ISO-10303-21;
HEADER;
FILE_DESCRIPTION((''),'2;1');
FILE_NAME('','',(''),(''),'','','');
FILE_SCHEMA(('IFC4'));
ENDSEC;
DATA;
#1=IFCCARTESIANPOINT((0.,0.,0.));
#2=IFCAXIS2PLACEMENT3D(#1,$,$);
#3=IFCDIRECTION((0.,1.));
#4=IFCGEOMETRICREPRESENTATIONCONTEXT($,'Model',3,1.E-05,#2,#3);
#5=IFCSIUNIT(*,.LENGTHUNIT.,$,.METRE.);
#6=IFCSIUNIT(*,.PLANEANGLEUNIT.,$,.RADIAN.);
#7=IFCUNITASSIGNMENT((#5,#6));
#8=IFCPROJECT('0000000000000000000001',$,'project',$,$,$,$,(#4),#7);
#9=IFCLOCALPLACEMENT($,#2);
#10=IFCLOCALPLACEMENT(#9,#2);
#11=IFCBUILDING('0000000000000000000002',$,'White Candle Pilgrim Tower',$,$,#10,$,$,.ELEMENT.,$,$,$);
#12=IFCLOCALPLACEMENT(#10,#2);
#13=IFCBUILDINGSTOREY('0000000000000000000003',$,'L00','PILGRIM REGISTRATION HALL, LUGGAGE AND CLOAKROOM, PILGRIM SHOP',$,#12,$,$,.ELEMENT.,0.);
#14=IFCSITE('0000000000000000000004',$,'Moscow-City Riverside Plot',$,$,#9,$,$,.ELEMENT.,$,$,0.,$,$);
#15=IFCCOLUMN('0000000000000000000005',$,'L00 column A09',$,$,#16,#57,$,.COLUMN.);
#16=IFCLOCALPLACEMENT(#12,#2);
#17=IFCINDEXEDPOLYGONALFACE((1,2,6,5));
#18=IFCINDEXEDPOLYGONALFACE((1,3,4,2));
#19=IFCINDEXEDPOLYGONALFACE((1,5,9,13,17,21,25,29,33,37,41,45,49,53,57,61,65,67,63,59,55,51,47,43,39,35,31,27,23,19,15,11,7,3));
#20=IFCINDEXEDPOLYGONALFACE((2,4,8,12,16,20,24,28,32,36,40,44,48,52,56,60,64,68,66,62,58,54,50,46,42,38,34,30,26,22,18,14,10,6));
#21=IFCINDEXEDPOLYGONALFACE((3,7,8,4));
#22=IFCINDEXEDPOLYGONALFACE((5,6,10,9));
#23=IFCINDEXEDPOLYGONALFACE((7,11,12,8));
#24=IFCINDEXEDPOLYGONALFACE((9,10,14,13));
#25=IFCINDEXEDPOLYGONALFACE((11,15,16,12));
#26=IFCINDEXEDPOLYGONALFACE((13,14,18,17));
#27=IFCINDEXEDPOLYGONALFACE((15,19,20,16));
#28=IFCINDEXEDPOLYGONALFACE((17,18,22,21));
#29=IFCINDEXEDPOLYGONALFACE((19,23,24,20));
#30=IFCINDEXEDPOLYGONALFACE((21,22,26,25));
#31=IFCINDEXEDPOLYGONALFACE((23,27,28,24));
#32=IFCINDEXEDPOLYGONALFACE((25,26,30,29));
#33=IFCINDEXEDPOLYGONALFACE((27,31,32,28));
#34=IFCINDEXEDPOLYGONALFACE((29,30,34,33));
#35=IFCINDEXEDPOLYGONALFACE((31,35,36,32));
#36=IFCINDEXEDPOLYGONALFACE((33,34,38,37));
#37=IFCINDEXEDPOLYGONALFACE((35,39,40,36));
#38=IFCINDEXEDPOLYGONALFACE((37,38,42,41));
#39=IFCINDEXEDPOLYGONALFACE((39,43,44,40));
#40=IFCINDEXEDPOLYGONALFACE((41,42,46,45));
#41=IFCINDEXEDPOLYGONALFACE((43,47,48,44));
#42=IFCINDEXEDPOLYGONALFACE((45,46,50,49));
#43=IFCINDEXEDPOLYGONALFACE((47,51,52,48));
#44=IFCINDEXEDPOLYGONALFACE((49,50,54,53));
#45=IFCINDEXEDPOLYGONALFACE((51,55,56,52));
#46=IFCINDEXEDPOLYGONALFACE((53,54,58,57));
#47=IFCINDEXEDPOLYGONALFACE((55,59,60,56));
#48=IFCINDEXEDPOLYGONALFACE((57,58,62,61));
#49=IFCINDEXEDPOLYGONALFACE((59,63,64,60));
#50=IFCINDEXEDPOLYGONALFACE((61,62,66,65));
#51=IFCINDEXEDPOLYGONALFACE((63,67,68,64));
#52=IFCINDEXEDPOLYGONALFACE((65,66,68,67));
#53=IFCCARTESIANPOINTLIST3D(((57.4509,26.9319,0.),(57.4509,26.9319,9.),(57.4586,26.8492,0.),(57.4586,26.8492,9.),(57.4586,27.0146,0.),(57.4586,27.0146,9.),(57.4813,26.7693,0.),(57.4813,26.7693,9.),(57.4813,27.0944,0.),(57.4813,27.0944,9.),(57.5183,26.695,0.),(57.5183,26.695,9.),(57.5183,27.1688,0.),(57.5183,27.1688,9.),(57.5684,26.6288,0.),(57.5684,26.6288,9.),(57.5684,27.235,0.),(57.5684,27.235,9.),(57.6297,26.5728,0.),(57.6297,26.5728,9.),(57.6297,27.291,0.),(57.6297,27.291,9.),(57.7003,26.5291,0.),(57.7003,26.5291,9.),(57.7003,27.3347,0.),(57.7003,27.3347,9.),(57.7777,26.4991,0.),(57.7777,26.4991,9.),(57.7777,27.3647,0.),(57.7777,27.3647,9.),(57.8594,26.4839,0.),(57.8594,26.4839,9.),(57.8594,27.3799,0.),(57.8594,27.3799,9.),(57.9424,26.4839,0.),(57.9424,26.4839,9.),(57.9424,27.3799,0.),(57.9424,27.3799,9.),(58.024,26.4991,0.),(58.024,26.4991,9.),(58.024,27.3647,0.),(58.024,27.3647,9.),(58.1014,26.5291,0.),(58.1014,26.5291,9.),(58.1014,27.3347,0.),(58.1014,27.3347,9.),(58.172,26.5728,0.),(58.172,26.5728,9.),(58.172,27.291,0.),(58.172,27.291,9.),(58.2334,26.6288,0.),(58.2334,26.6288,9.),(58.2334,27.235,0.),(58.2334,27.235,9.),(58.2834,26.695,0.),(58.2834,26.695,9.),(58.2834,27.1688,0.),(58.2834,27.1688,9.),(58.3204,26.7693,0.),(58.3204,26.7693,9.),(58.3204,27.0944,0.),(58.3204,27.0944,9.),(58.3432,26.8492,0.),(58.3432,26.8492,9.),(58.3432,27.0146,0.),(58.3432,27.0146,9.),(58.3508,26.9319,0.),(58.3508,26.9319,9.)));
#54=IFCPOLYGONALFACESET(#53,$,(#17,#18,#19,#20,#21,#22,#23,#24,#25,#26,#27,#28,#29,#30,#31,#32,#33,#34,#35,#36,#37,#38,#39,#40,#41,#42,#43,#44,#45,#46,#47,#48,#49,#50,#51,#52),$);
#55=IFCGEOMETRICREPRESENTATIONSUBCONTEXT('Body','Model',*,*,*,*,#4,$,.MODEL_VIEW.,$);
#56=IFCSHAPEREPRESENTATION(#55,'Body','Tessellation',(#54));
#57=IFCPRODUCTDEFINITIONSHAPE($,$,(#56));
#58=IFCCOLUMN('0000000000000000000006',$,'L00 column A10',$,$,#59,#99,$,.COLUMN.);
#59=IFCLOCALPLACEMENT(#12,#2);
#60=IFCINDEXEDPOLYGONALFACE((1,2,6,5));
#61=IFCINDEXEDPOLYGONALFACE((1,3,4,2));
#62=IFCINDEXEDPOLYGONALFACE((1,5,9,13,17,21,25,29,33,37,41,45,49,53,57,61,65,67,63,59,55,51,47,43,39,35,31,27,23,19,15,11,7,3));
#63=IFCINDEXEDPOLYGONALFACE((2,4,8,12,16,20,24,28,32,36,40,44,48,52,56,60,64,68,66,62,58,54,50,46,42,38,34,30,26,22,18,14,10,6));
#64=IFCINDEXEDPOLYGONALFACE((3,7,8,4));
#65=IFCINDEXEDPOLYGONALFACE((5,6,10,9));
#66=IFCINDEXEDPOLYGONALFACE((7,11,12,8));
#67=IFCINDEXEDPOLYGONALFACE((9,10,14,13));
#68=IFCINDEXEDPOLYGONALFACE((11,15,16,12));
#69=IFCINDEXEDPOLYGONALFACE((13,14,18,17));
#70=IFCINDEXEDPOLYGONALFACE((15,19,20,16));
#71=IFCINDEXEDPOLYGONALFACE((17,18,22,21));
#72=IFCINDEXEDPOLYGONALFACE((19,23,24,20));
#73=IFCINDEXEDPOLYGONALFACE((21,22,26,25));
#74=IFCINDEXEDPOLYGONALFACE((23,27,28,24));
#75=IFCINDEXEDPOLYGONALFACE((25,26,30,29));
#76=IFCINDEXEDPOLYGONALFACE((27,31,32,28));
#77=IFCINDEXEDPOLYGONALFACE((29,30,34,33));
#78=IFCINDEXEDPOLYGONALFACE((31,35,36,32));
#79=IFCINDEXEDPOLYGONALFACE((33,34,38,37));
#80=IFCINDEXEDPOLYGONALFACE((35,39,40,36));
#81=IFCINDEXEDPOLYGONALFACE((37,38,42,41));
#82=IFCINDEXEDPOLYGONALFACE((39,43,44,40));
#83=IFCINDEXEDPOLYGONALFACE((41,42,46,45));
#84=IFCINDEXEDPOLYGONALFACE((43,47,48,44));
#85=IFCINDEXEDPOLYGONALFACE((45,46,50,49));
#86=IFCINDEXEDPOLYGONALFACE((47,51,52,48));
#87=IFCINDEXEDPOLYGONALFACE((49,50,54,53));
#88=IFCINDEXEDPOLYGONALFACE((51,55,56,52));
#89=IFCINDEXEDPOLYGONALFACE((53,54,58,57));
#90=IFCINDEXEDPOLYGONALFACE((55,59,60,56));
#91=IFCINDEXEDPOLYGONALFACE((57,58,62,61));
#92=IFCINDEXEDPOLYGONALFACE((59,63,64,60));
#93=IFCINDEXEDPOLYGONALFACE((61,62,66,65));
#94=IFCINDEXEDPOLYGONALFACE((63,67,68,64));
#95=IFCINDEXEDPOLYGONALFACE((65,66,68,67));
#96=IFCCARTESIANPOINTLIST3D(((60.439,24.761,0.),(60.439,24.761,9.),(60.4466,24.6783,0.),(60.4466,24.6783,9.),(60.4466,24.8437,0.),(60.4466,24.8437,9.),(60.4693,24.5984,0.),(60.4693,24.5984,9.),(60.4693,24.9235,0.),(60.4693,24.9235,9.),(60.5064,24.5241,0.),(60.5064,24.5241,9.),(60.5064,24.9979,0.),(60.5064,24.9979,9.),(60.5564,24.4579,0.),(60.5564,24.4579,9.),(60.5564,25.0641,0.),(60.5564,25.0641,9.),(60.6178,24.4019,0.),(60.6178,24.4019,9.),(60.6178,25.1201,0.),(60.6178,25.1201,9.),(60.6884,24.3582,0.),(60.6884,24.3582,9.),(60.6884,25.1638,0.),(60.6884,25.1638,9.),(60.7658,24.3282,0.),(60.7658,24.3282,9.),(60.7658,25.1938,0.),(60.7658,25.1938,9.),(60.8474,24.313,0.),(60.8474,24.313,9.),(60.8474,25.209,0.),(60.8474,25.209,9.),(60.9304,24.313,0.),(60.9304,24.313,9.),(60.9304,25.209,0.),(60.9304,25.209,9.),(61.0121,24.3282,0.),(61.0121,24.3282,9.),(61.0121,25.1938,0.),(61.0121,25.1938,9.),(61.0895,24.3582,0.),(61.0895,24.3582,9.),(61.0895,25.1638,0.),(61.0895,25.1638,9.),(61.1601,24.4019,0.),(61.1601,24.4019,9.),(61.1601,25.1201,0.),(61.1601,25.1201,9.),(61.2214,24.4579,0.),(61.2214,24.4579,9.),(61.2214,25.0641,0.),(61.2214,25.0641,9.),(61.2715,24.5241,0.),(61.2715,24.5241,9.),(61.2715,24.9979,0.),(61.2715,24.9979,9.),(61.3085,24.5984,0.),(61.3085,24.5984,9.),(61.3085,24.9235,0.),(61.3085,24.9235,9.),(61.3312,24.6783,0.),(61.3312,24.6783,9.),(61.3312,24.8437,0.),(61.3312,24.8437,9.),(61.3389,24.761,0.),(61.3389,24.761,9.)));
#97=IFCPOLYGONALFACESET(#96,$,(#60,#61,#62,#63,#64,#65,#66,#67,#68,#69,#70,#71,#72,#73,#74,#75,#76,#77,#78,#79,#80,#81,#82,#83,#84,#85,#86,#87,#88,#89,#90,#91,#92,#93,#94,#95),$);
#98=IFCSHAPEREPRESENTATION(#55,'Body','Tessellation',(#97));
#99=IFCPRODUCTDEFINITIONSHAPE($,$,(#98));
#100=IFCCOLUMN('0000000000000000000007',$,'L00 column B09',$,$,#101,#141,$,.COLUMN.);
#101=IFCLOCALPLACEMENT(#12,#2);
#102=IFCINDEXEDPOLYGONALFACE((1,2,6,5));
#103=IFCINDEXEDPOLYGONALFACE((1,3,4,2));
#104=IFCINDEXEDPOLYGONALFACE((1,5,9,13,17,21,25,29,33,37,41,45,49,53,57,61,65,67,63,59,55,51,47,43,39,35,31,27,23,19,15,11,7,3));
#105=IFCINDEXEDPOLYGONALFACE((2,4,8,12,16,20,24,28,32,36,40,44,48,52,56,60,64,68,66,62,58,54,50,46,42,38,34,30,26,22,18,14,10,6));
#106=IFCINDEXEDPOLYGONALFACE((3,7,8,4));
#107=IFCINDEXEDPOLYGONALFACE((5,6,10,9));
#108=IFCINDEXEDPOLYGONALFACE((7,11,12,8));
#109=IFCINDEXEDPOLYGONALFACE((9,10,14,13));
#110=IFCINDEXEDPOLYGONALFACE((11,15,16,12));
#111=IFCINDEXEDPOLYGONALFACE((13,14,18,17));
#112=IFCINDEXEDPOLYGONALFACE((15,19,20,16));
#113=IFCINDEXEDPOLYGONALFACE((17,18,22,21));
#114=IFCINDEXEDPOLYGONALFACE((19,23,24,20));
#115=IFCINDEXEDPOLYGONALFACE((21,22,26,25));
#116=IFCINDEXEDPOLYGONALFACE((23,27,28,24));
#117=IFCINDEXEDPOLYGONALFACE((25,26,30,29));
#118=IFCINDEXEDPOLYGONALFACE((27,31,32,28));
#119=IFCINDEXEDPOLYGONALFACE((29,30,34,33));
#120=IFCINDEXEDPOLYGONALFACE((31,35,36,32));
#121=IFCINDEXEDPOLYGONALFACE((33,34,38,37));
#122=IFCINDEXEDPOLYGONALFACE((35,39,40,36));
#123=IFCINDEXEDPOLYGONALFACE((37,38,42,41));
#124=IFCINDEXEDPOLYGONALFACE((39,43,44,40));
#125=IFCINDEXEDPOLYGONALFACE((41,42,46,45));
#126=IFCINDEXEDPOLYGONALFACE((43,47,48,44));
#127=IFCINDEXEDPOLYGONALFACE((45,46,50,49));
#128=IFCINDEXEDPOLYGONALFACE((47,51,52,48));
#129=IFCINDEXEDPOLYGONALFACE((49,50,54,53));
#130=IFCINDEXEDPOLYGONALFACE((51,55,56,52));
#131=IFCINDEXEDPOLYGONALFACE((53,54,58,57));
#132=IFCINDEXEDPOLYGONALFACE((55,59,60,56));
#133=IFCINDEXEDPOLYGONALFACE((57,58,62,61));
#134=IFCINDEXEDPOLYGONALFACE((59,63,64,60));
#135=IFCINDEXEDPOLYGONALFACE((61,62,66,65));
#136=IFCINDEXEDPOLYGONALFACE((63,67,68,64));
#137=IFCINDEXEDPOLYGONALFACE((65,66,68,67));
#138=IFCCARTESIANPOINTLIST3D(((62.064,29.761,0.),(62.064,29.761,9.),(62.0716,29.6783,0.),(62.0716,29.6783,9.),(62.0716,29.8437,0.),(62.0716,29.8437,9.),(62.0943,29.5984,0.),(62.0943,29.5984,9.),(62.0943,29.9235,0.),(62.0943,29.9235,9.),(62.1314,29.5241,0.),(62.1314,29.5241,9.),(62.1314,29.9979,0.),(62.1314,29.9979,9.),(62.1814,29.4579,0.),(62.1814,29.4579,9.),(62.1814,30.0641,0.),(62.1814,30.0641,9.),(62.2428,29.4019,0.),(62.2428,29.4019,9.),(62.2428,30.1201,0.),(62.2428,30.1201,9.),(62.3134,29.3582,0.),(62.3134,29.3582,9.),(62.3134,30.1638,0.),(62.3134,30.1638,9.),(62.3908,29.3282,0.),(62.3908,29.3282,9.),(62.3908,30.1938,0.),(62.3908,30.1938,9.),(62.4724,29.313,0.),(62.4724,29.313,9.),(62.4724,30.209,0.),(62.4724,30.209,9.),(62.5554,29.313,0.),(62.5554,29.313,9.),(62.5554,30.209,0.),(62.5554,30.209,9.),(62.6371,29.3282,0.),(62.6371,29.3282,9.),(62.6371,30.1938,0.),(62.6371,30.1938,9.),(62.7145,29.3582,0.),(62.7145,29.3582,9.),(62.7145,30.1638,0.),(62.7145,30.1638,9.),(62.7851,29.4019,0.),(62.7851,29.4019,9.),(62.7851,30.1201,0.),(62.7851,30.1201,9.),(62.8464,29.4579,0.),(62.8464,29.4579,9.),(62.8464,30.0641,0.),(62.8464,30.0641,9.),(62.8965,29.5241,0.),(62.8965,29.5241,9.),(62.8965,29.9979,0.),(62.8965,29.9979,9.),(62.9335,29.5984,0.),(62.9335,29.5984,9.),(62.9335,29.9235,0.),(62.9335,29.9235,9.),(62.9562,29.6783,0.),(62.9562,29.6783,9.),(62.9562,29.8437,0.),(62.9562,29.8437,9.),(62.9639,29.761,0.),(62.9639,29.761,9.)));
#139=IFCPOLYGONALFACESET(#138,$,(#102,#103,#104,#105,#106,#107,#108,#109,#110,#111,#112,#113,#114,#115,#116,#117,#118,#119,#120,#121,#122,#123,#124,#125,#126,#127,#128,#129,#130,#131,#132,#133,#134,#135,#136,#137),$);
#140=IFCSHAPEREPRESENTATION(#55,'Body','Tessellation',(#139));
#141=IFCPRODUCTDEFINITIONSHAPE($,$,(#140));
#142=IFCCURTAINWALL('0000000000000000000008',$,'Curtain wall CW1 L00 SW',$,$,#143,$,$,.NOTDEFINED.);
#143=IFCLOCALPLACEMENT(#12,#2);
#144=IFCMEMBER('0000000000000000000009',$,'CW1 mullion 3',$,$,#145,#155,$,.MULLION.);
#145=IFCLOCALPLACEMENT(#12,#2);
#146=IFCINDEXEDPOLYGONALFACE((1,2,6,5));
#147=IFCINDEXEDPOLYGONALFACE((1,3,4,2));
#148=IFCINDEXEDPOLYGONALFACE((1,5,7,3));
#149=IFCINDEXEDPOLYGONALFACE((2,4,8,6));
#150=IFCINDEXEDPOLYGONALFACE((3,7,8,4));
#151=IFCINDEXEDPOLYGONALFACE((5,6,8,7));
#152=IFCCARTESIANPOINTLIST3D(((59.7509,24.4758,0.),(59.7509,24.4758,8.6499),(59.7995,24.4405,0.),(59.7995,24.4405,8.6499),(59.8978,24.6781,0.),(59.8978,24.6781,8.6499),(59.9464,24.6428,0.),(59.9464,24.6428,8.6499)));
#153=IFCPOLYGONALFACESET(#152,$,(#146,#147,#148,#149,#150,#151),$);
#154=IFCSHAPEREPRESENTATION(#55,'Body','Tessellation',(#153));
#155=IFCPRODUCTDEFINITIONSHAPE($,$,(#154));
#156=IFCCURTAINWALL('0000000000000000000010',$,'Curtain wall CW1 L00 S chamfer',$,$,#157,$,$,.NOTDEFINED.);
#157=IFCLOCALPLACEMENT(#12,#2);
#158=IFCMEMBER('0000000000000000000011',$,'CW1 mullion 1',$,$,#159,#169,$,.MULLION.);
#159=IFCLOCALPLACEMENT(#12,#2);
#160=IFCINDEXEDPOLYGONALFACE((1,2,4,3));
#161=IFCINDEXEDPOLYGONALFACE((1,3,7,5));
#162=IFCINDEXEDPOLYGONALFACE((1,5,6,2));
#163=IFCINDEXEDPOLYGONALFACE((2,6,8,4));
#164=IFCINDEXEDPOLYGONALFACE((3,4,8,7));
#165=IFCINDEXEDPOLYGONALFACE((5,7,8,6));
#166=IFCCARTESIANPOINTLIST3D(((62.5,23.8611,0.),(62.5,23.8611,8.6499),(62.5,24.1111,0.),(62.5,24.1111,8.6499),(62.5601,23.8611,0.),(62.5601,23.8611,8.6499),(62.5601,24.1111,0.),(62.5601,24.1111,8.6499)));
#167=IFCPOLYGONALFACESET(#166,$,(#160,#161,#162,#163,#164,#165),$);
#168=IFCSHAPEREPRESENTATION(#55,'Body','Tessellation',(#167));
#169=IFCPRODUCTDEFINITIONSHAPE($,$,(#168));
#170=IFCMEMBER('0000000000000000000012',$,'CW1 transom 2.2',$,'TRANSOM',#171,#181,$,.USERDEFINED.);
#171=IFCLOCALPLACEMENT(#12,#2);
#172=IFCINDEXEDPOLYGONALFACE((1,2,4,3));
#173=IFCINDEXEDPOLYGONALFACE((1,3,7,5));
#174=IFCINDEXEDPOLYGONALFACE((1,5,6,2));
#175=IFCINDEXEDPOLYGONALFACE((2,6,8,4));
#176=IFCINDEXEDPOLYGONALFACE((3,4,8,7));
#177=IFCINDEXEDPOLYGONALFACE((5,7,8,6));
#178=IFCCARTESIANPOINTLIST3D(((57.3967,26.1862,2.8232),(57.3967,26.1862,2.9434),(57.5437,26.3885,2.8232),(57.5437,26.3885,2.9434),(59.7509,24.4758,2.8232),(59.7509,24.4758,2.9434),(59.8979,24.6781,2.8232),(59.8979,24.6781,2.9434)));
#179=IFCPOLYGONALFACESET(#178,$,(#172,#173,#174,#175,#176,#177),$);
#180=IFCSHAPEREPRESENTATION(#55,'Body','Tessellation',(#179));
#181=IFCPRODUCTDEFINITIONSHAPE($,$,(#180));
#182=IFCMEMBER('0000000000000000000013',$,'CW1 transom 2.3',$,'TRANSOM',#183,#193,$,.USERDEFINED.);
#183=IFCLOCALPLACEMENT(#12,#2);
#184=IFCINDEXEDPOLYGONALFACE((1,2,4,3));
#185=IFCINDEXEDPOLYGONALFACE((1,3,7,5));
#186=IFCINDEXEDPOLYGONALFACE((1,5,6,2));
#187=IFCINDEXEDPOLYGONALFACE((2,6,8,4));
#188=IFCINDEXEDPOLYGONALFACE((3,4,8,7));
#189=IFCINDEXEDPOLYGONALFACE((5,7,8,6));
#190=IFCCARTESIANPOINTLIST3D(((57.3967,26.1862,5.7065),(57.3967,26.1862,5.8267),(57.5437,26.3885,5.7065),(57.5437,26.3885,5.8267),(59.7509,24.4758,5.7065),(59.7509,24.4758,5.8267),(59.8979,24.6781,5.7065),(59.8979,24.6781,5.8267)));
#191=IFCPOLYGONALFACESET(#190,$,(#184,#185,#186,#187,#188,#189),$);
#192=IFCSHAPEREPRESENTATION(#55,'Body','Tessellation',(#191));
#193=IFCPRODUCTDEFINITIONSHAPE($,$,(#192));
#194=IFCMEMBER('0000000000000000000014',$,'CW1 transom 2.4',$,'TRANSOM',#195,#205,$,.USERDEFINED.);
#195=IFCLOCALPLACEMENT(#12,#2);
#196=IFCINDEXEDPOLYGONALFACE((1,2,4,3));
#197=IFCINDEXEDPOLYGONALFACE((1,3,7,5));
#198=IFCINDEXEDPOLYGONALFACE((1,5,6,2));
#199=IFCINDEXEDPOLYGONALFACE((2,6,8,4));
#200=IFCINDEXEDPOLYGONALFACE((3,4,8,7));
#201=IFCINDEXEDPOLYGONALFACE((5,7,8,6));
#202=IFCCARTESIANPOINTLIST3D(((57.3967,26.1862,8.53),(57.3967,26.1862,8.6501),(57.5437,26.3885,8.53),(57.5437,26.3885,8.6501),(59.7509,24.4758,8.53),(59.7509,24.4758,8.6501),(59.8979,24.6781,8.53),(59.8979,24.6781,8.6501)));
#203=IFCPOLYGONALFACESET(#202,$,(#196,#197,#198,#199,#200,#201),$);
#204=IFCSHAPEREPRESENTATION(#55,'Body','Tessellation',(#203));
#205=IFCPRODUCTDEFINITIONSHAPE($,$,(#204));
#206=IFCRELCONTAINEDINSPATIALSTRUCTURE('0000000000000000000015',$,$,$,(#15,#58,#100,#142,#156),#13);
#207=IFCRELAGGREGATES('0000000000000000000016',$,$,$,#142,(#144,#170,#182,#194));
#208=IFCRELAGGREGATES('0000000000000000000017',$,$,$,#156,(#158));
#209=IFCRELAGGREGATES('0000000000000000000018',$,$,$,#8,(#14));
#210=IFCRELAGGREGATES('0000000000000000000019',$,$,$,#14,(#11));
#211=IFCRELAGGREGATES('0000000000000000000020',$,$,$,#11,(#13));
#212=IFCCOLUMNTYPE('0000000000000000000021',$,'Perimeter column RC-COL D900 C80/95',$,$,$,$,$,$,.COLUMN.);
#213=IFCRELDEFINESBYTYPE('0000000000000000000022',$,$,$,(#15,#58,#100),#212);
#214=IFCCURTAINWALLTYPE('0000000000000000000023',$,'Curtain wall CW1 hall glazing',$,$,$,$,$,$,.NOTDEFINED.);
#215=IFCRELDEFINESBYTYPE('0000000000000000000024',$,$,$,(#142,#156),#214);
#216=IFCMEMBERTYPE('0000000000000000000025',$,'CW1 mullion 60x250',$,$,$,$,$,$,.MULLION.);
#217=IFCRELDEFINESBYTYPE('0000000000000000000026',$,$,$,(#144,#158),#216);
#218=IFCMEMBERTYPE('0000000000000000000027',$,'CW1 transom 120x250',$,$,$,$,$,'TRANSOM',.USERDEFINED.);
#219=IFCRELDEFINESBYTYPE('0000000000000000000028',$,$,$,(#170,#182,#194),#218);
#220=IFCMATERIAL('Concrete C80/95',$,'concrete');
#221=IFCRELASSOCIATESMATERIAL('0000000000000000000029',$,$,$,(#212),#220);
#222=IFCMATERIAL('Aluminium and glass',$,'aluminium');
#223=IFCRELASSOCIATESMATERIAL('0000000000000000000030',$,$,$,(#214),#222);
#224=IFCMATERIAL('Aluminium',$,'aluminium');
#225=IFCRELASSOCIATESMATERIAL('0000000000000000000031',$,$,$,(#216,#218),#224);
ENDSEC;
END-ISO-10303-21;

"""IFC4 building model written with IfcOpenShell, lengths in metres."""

from ifc_helpers import new_model, si_unit, direction, frame, origin, origin_2d, place, context, subcontext, project, spatial, rectangle, circle, extrude, material, material_profile, profile_set, type_object, element, aggregate, save


model = new_model("IFC4")

# Units and contexts
model_context = context("Model", 3, precision=1e-05, world=origin(), true_north=direction((0.0, 1.0)))
body_context = subcontext(model_context, "Body", "Model", "MODEL_VIEW")
ifc_project = project(units=[si_unit("LENGTHUNIT", "METRE"), si_unit("PLANEANGLEUNIT", "RADIAN")], contexts=[model_context])

# Site, building, storey
site_placement = place(None, origin())
site = spatial("IfcSite", under=ifc_project, at=site_placement, Name="Moscow-City Riverside Plot", CompositionType="ELEMENT", RefElevation=0.0)
building_placement = place(site_placement, origin())
building = spatial("IfcBuilding", under=site, at=building_placement, Name="White Candle Pilgrim Tower", CompositionType="ELEMENT")
storey_placement = place(building_placement, origin())
storey = spatial("IfcBuildingStorey", under=building, at=storey_placement, Name="L00", Description="PILGRIM REGISTRATION HALL, LUGGAGE AND CLOAKROOM, PILGRIM SHOP", CompositionType="ELEMENT", Elevation=0.0)

# Columns
ifc_material_1 = material(Name="Concrete C80/95", Category="concrete")
ifc_material_profile_1 = material_profile(ifc_material_1, circle(Radius=0.45, at=origin_2d()), Name="RC-COL D900")
ifc_profile_set_1 = profile_set([ifc_material_profile_1], Name="Concrete C80/95")
column_type = type_object("IfcColumnType", Name="Perimeter column RC-COL D900 C80/95", PredefinedType="COLUMN", material=ifc_profile_set_1)
for number, where, z_axis, x_axis, name in (
    (1, (57.9009, 26.9319, 0.0), (0.0, 0.0, 1.0), (1.0, 0.0, 0.0), "L00 column A09"),
    (2, (60.8889, 24.761, 0.0), (0.0, 0.0, 1.0), (1.0, 0.0, 0.0), "L00 column A10"),
    (3, (62.5139, 29.761, 0.0), (0.0, 0.0, 1.0), (1.0, 0.0, 0.0), "L00 column B09"),
):
    element("IfcColumn", number, at=place(storey_placement, frame(where, z_axis=z_axis, x_axis=x_axis)), inside=storey, type_object=column_type, Name=name, PredefinedType="COLUMN", context=body_context, shape_type="SweptSolid", body=[
        extrude(circle(Radius=0.45, at=origin_2d()), origin(), (0.0, 0.0, 1.0), 9.0),
    ])

# Curtain walls, members
ifc_material_2 = material(Name="Aluminium and glass", Category="aluminium")
curtain_wall_type = type_object("IfcCurtainWallType", Name="Curtain wall CW1 hall glazing", PredefinedType="NOTDEFINED", material=ifc_material_2)
curtain_wall_1_placement = place(storey_placement, origin())
curtain_wall_1 = element("IfcCurtainWall", 4, at=curtain_wall_1_placement, inside=storey, type_object=curtain_wall_type, Name="Curtain wall CW1 L00 SW", PredefinedType="NOTDEFINED")
ifc_material_3 = material(Name="Aluminium", Category="aluminium")
ifc_material_profile_2 = material_profile(ifc_material_3, rectangle(XDim=0.25, YDim=0.0601, at=origin_2d()), Name="CW1 mullion 60x250")
ifc_profile_set_2 = profile_set([ifc_material_profile_2], Name="Aluminium")
member_type_1 = type_object("IfcMemberType", Name="CW1 mullion 60x250", PredefinedType="MULLION", material=ifc_profile_set_2)
member_1_placement = place(storey_placement, frame((59.8486, 24.5593, 0.0), z_axis=(0.0, 0.0, 1.0), x_axis=(0.587785, 0.809017, 0.0)))
member_1 = element("IfcMember", 5, at=member_1_placement, type_object=member_type_1, Name="CW1 mullion 3", PredefinedType="MULLION", context=body_context, shape_type="SweptSolid", body=[
    extrude(rectangle(XDim=0.25, YDim=0.0601, at=origin_2d()), origin(), (0.0, 0.0, 1.0), 8.6499),
])
curtain_wall_2_placement = place(storey_placement, origin())
curtain_wall_2 = element("IfcCurtainWall", 6, at=curtain_wall_2_placement, inside=storey, type_object=curtain_wall_type, Name="Curtain wall CW1 L00 S chamfer", PredefinedType="NOTDEFINED")
member_2_placement = place(storey_placement, frame((62.53, 23.9861, 0.0), z_axis=(0.0, 0.0, 1.0), x_axis=(0.0, 1.0, 0.0)))
member_2 = element("IfcMember", 7, at=member_2_placement, type_object=member_type_1, Name="CW1 mullion 1", PredefinedType="MULLION", context=body_context, shape_type="SweptSolid", body=[
    extrude(rectangle(XDim=0.25, YDim=0.0601, at=origin_2d()), origin(), (0.0, 0.0, 1.0), 8.6499),
])

# Members
ifc_material_profile_3 = material_profile(ifc_material_3, rectangle(XDim=0.25, YDim=0.1201, at=origin_2d()), Name="CW1 transom 120x250")
ifc_profile_set_3 = profile_set([ifc_material_profile_3], Name="Aluminium")
member_type_2 = type_object("IfcMemberType", Name="CW1 transom 120x250", ElementType="TRANSOM", PredefinedType="USERDEFINED", material=ifc_profile_set_3)
member_3_placement = place(storey_placement, frame((57.4702, 26.2874, 2.8833), z_axis=(0.809019, -0.587783, 0.0), x_axis=(0.587783, 0.809019, 0.0)))
member_3 = element("IfcMember", 8, at=member_3_placement, type_object=member_type_2, Name="CW1 transom 2.2", ObjectType="TRANSOM", PredefinedType="USERDEFINED", context=body_context, shape_type="SweptSolid", body=[
    extrude(rectangle(XDim=0.25, YDim=0.1201, at=origin_2d()), origin(), (0.0, 0.0, 1.0), 2.9099),
])
member_4_placement = place(storey_placement, frame((57.4702, 26.2874, 5.7666), z_axis=(0.809019, -0.587783, 0.0), x_axis=(0.587783, 0.809019, 0.0)))
member_4 = element("IfcMember", 9, at=member_4_placement, type_object=member_type_2, Name="CW1 transom 2.3", ObjectType="TRANSOM", PredefinedType="USERDEFINED", context=body_context, shape_type="SweptSolid", body=[
    extrude(rectangle(XDim=0.25, YDim=0.1201, at=origin_2d()), origin(), (0.0, 0.0, 1.0), 2.9099),
])
member_5_placement = place(storey_placement, frame((57.4702, 26.2874, 8.5901), z_axis=(0.809019, -0.587783, 0.0), x_axis=(0.587783, 0.809019, 0.0)))
member_5 = element("IfcMember", 10, at=member_5_placement, type_object=member_type_2, Name="CW1 transom 2.4", ObjectType="TRANSOM", PredefinedType="USERDEFINED", context=body_context, shape_type="SweptSolid", body=[
    extrude(rectangle(XDim=0.25, YDim=0.1201, at=origin_2d()), origin(), (0.0, 0.0, 1.0), 2.9099),
])

aggregate(curtain_wall_1, [member_1, member_3, member_4, member_5])
aggregate(curtain_wall_2, [member_2])

save(model, "model.ifc")
